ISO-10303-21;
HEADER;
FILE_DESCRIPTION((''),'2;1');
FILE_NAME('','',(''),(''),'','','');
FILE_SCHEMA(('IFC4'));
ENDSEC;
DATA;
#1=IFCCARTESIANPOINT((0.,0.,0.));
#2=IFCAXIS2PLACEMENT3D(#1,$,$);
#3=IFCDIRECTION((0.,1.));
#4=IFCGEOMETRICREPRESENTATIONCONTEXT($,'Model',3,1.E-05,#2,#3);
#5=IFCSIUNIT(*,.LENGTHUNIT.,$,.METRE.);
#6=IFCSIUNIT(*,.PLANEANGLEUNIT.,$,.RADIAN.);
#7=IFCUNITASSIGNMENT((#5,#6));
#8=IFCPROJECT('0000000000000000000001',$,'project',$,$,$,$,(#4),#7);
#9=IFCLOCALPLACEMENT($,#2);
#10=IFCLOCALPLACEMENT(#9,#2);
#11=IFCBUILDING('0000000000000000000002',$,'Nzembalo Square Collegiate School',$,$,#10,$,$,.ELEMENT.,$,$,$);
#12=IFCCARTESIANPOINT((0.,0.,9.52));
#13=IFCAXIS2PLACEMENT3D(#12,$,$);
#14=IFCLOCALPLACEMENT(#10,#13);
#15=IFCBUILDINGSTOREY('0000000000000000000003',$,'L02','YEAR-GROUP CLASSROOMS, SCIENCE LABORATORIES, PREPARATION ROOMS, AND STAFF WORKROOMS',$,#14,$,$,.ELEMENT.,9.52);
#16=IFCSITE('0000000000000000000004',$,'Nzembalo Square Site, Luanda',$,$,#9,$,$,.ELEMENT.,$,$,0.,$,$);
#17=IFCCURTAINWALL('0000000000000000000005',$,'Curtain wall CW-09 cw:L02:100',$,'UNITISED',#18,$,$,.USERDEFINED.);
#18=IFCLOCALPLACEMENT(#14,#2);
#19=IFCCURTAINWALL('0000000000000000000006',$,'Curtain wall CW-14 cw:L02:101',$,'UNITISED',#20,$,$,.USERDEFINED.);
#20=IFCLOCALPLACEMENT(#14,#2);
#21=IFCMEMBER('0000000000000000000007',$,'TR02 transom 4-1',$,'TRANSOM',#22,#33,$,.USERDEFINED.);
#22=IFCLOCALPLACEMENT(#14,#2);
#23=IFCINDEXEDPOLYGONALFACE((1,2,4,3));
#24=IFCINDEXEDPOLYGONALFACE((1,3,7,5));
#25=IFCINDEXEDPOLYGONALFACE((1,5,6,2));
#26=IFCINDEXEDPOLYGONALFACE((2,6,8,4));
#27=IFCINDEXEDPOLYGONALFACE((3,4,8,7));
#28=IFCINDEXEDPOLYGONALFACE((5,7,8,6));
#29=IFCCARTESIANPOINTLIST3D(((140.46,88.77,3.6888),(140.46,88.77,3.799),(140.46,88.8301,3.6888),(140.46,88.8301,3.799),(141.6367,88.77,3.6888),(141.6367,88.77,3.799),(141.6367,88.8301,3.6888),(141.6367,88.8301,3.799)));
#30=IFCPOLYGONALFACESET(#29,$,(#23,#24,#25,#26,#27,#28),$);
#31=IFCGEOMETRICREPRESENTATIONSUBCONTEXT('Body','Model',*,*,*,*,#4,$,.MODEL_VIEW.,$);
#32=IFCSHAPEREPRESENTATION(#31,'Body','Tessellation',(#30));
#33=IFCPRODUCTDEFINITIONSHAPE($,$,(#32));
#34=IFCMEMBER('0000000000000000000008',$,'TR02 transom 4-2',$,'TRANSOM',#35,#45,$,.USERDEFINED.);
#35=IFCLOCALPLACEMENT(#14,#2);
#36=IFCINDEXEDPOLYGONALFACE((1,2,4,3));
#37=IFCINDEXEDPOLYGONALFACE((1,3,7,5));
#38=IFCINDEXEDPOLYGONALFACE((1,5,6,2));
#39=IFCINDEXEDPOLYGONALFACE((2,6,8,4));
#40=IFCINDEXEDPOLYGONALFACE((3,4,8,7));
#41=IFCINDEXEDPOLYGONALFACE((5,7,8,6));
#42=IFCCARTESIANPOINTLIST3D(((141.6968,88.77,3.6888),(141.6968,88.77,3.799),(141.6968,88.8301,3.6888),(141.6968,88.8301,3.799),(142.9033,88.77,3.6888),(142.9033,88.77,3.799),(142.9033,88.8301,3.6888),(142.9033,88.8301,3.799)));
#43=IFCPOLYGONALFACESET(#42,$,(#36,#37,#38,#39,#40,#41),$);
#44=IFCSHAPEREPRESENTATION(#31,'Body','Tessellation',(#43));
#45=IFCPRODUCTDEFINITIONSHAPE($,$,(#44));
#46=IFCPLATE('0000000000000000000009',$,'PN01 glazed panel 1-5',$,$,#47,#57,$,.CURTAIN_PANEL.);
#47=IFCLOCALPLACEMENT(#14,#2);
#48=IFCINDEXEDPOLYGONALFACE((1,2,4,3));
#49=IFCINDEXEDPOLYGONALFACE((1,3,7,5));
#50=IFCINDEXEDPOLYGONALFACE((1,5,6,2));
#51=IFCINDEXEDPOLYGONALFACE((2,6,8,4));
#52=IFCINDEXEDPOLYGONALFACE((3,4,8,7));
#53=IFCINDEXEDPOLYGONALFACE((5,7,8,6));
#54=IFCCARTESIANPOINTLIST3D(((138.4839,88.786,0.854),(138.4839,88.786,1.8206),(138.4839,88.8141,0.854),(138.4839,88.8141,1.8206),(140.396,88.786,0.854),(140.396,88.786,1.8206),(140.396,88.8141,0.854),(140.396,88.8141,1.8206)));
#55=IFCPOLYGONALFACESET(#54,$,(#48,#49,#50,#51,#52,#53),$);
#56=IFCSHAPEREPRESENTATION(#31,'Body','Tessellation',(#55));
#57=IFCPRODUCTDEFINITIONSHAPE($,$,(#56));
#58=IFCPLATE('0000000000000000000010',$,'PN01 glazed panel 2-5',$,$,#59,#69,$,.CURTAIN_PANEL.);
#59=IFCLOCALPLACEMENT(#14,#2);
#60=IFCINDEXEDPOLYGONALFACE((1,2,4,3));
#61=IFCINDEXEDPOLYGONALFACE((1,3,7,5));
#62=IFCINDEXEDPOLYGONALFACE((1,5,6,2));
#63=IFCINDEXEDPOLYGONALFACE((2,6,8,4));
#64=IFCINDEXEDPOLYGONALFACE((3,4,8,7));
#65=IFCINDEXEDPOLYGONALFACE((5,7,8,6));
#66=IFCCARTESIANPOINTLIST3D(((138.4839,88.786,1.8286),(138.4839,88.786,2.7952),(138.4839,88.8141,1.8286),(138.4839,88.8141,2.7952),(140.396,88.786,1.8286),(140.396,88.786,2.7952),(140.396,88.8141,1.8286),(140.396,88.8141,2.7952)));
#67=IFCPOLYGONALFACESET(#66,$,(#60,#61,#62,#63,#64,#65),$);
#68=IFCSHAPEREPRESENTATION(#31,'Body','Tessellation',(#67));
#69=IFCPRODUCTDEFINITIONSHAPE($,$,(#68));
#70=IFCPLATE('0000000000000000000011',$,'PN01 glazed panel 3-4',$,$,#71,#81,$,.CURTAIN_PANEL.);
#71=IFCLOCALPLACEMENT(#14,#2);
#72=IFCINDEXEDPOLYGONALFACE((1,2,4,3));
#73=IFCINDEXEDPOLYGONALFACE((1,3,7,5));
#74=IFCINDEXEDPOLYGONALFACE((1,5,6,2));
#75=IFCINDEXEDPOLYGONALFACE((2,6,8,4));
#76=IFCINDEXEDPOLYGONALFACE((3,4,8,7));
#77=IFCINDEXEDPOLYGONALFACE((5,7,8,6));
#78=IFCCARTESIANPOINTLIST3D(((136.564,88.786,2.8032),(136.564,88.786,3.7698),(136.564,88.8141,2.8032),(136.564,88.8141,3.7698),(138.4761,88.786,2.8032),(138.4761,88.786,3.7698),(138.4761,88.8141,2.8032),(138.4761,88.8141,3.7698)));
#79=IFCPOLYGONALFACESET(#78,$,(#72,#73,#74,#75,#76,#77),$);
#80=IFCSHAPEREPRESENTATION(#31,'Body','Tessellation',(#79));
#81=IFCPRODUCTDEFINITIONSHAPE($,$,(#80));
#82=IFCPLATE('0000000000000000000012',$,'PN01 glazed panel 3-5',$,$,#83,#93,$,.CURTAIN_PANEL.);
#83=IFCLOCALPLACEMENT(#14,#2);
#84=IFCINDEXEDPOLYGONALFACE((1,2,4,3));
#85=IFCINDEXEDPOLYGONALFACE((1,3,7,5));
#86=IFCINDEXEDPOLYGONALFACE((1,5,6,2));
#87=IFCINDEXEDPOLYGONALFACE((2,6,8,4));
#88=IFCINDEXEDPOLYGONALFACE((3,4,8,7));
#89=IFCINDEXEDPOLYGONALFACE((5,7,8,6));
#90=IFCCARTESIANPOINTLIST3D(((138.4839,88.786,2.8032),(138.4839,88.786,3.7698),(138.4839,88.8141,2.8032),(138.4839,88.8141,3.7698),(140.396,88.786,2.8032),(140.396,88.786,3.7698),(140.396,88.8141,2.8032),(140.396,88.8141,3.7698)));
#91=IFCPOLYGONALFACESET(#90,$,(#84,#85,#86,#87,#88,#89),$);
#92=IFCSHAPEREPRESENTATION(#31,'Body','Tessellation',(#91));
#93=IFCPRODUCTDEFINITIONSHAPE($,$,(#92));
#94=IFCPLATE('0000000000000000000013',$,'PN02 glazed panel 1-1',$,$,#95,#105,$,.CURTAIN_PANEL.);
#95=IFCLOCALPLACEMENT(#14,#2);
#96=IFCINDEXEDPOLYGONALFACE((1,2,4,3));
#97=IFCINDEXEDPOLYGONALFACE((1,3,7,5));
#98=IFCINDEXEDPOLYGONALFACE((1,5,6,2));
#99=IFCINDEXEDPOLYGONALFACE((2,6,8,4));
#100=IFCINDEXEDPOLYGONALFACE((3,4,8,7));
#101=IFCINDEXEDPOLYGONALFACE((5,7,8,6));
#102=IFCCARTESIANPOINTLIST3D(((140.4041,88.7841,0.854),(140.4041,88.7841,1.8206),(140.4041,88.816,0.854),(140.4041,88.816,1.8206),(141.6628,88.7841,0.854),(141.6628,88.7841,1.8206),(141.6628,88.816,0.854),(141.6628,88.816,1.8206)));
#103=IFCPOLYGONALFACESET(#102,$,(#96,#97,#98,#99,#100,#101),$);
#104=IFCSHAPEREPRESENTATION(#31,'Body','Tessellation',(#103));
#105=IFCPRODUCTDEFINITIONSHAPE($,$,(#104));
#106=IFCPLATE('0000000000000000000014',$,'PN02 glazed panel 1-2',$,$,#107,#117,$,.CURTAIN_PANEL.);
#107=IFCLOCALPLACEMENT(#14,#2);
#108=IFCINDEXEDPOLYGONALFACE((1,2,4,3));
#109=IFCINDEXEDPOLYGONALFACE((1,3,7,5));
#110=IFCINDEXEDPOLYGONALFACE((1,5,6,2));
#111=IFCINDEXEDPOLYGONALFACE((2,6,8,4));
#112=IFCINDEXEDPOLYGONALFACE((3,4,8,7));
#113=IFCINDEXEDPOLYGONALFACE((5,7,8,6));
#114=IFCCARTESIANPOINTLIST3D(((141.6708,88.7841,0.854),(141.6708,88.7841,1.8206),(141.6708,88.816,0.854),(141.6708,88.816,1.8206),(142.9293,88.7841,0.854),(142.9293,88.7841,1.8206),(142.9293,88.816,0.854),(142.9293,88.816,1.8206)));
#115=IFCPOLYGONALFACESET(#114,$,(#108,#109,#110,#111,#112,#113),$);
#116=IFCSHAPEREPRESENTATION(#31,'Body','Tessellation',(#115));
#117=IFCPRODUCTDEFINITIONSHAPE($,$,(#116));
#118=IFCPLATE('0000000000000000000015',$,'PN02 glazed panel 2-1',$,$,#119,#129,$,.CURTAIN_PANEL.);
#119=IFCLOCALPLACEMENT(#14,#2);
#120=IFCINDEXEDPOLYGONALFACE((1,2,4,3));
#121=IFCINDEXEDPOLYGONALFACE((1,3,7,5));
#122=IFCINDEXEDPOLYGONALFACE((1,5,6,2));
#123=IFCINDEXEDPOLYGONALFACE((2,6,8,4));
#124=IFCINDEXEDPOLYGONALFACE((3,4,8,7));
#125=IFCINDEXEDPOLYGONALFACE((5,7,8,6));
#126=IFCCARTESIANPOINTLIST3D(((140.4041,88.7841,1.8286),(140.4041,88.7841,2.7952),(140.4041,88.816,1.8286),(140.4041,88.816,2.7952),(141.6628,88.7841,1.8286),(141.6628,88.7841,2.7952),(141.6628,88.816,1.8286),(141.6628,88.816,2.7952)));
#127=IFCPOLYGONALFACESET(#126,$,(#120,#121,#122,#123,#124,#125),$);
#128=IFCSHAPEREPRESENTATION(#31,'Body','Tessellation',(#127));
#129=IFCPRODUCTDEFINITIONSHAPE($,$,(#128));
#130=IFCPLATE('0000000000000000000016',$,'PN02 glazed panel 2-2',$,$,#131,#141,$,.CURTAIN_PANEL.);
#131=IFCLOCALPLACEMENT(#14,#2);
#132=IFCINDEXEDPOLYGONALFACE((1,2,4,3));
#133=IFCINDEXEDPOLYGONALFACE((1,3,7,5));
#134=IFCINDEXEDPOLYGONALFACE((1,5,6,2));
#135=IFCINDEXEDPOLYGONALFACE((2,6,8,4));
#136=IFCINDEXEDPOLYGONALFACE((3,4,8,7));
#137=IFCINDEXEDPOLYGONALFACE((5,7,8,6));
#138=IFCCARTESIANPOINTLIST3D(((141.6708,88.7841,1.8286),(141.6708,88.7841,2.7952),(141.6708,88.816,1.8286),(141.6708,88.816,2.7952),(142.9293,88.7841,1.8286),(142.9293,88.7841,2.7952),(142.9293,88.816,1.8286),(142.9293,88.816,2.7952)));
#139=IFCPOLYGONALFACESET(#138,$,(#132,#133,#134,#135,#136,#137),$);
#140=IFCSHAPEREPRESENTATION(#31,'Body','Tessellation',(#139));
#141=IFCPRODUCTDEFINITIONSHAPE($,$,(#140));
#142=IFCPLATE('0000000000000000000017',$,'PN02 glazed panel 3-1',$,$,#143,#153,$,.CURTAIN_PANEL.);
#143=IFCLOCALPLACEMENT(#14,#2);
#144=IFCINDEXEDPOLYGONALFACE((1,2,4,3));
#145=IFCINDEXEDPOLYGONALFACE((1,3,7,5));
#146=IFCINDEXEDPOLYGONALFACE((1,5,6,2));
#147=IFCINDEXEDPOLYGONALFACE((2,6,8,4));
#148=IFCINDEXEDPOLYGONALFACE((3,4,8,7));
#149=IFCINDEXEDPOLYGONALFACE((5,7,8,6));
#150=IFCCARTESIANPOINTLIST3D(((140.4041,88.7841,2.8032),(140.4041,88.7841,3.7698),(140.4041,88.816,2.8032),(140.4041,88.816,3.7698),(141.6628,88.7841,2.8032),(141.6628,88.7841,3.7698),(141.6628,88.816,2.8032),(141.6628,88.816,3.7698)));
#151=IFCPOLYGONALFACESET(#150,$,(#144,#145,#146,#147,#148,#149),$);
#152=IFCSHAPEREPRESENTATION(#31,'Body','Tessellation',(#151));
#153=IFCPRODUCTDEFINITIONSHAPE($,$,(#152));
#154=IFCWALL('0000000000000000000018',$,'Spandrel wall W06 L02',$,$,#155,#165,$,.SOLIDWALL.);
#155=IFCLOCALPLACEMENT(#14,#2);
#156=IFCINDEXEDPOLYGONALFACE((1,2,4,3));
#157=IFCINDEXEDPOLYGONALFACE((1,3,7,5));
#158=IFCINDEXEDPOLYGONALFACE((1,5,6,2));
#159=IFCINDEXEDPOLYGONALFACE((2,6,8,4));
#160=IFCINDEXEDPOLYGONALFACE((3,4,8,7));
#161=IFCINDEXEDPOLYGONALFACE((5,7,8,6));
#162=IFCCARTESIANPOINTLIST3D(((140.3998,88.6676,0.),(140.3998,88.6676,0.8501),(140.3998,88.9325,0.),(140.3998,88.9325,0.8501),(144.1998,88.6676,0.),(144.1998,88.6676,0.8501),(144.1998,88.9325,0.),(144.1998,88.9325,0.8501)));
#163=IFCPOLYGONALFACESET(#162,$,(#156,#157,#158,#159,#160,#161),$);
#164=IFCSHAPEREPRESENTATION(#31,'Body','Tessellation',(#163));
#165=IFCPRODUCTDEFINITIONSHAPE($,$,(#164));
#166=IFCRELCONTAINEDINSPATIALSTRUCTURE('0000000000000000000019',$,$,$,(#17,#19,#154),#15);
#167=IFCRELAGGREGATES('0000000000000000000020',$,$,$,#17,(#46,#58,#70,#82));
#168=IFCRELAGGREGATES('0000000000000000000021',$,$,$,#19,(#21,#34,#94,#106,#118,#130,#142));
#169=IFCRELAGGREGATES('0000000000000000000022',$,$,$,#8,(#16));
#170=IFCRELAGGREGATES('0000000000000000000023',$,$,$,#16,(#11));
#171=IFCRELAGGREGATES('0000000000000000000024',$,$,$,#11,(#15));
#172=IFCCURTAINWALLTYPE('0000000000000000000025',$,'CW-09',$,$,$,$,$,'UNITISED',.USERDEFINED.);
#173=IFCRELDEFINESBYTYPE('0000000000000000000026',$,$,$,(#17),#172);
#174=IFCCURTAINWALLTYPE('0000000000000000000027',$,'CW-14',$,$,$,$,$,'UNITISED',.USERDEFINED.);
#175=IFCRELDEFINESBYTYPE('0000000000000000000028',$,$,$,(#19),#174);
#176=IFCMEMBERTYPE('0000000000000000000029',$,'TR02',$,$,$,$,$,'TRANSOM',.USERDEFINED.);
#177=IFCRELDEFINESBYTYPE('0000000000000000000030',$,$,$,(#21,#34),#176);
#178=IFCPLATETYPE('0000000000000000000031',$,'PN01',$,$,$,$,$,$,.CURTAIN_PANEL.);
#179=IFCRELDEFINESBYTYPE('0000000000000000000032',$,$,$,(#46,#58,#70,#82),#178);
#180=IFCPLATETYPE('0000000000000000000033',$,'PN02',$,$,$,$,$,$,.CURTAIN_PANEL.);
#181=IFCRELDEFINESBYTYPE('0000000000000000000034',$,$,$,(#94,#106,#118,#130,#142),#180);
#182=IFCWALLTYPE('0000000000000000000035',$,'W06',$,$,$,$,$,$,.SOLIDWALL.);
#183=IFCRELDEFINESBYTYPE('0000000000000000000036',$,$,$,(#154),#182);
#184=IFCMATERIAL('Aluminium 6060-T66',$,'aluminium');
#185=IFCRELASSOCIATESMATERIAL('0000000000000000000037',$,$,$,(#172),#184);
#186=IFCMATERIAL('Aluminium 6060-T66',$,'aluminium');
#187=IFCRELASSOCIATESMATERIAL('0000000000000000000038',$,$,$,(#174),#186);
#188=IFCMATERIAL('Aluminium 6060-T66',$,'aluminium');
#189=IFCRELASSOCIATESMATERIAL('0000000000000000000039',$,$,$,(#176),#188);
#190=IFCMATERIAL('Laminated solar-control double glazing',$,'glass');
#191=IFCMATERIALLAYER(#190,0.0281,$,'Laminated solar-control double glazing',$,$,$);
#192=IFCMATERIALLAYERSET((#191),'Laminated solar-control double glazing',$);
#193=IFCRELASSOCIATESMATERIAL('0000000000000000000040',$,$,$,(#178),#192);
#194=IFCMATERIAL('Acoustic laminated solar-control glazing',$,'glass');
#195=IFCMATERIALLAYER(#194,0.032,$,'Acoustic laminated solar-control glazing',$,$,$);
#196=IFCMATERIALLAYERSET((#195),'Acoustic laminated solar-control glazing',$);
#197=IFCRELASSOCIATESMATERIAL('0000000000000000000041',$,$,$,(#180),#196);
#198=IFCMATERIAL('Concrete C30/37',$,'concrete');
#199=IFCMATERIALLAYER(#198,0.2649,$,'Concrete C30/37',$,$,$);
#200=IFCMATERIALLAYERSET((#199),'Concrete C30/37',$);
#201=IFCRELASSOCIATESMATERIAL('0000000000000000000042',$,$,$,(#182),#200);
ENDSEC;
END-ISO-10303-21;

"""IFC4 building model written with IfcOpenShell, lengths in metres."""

from ifc_helpers import new_model, si_unit, direction, frame, frame_2d, origin, origin_2d, place, context, subcontext, project, spatial, rectangle, extrude, material, layer, layer_set, material_profile, profile_set, type_object, element, aggregate, save


model = new_model("IFC4")

# Units and contexts
model_context = context("Model", 3, precision=1e-05, world=origin(), true_north=direction((0.0, 1.0)))
body_context = subcontext(model_context, "Body", "Model", "MODEL_VIEW")
ifc_project = project(units=[si_unit("LENGTHUNIT", "METRE"), si_unit("PLANEANGLEUNIT", "RADIAN")], contexts=[model_context])

# Site, building, storey
site_placement = place(None, origin())
site = spatial("IfcSite", under=ifc_project, at=site_placement, Name="Nzembalo Square Site, Luanda", CompositionType="ELEMENT", RefElevation=0.0)
building_placement = place(site_placement, origin())
building = spatial("IfcBuilding", under=site, at=building_placement, Name="Nzembalo Square Collegiate School", CompositionType="ELEMENT")
storey_placement = place(building_placement, frame((0.0, 0.0, 9.52)))
storey = spatial("IfcBuildingStorey", under=building, at=storey_placement, Name="L02", Description="YEAR-GROUP CLASSROOMS, SCIENCE LABORATORIES, PREPARATION ROOMS, AND STAFF WORKROOMS", CompositionType="ELEMENT", Elevation=9.52)

# Curtain walls
ifc_material_1 = material(Name="Aluminium 6060-T66", Category="aluminium")
curtain_wall_type_1 = type_object("IfcCurtainWallType", Name="CW-09", ElementType="UNITISED", PredefinedType="USERDEFINED", material=ifc_material_1)
curtain_wall_1_placement = place(storey_placement, origin())
curtain_wall_1 = element("IfcCurtainWall", 1, at=curtain_wall_1_placement, inside=storey, type_object=curtain_wall_type_1, Name="Curtain wall CW-09 cw:L02:100", ObjectType="UNITISED", PredefinedType="USERDEFINED")
ifc_material_2 = material(Name="Aluminium 6060-T66", Category="aluminium")
curtain_wall_type_2 = type_object("IfcCurtainWallType", Name="CW-14", ElementType="UNITISED", PredefinedType="USERDEFINED", material=ifc_material_2)
curtain_wall_2_placement = place(storey_placement, origin())
curtain_wall_2 = element("IfcCurtainWall", 2, at=curtain_wall_2_placement, inside=storey, type_object=curtain_wall_type_2, Name="Curtain wall CW-14 cw:L02:101", ObjectType="UNITISED", PredefinedType="USERDEFINED")

# Members
ifc_material_3 = material(Name="Aluminium 6060-T66", Category="aluminium")
ifc_material_profile_1 = material_profile(ifc_material_3, rectangle(XDim=0.0601, YDim=0.1101, at=origin_2d()), Name="ALU T60x110")
ifc_profile_set_1 = profile_set([ifc_material_profile_1], Name="Aluminium 6060-T66")
member_type_1 = type_object("IfcMemberType", Name="TR02", ElementType="TRANSOM", PredefinedType="USERDEFINED", material=ifc_profile_set_1)
member_1_placement = place(storey_placement, frame((140.46, 88.8, 3.7439), z_axis=(1.0, 0.0, 0.0), x_axis=(0.0, 1.0, 0.0)))
member_1 = element("IfcMember", 3, at=member_1_placement, type_object=member_type_1, Name="TR02 transom 4-1", ObjectType="TRANSOM", PredefinedType="USERDEFINED", context=body_context, shape_type="SweptSolid", body=[
    extrude(rectangle(XDim=0.0601, YDim=0.1101, at=origin_2d()), origin(), (0.0, 0.0, 1.0), 1.1768),
])
member_2_placement = place(storey_placement, frame((141.6968, 88.8, 3.7439), z_axis=(1.0, 0.0, 0.0), x_axis=(0.0, 1.0, 0.0)))
member_2 = element("IfcMember", 4, at=member_2_placement, type_object=member_type_1, Name="TR02 transom 4-2", ObjectType="TRANSOM", PredefinedType="USERDEFINED", context=body_context, shape_type="SweptSolid", body=[
    extrude(rectangle(XDim=0.0601, YDim=0.1101, at=origin_2d()), origin(), (0.0, 0.0, 1.0), 1.2065),
])

# Plates
ifc_material_4 = material(Name="Laminated solar-control double glazing", Category="glass")
ifc_layer_1 = layer(ifc_material_4, 0.0281, Name="Laminated solar-control double glazing")
ifc_layer_set_1 = layer_set([ifc_layer_1], Name="Laminated solar-control double glazing")
plate_type_1 = type_object("IfcPlateType", Name="PN01", PredefinedType="CURTAIN_PANEL", material=ifc_layer_set_1)
plate_1_placement = place(storey_placement, frame((139.4399, 88.8, 0.854), z_axis=(0.0, 0.0, 1.0), x_axis=(1.0, 0.0, 0.0)))
plate_1 = element("IfcPlate", 5, at=plate_1_placement, type_object=plate_type_1, Name="PN01 glazed panel 1-5", PredefinedType="CURTAIN_PANEL", context=body_context, shape_type="SweptSolid", body=[
    extrude(rectangle(XDim=1.9121, YDim=0.0281, at=origin_2d()), origin(), (0.0, 0.0, 1.0), 0.9666),
])
plate_2_placement = place(storey_placement, frame((139.4399, 88.8, 1.8286), z_axis=(0.0, 0.0, 1.0), x_axis=(1.0, 0.0, 0.0)))
plate_2 = element("IfcPlate", 6, at=plate_2_placement, type_object=plate_type_1, Name="PN01 glazed panel 2-5", PredefinedType="CURTAIN_PANEL", context=body_context, shape_type="SweptSolid", body=[
    extrude(rectangle(XDim=1.9121, YDim=0.0281, at=origin_2d()), origin(), (0.0, 0.0, 1.0), 0.9666),
])
plate_3_placement = place(storey_placement, frame((137.52, 88.8, 2.8032), z_axis=(0.0, 0.0, 1.0), x_axis=(1.0, 0.0, 0.0)))
plate_3 = element("IfcPlate", 7, at=plate_3_placement, type_object=plate_type_1, Name="PN01 glazed panel 3-4", PredefinedType="CURTAIN_PANEL", context=body_context, shape_type="SweptSolid", body=[
    extrude(rectangle(XDim=1.9121, YDim=0.0281, at=origin_2d()), origin(), (0.0, 0.0, 1.0), 0.9666),
])
plate_4_placement = place(storey_placement, frame((139.4399, 88.8, 2.8032), z_axis=(0.0, 0.0, 1.0), x_axis=(1.0, 0.0, 0.0)))
plate_4 = element("IfcPlate", 8, at=plate_4_placement, type_object=plate_type_1, Name="PN01 glazed panel 3-5", PredefinedType="CURTAIN_PANEL", context=body_context, shape_type="SweptSolid", body=[
    extrude(rectangle(XDim=1.9121, YDim=0.0281, at=origin_2d()), origin(), (0.0, 0.0, 1.0), 0.9666),
])
aggregate(curtain_wall_1, [plate_1, plate_2, plate_3, plate_4])
ifc_material_5 = material(Name="Acoustic laminated solar-control glazing", Category="glass")
ifc_layer_2 = layer(ifc_material_5, 0.032, Name="Acoustic laminated solar-control glazing")
ifc_layer_set_2 = layer_set([ifc_layer_2], Name="Acoustic laminated solar-control glazing")
plate_type_2 = type_object("IfcPlateType", Name="PN02", PredefinedType="CURTAIN_PANEL", material=ifc_layer_set_2)
plate_5_placement = place(storey_placement, frame((141.0334, 88.8, 0.854), z_axis=(0.0, 0.0, 1.0), x_axis=(1.0, 0.0, 0.0)))
plate_5 = element("IfcPlate", 9, at=plate_5_placement, type_object=plate_type_2, Name="PN02 glazed panel 1-1", PredefinedType="CURTAIN_PANEL", context=body_context, shape_type="SweptSolid", body=[
    extrude(rectangle(XDim=1.2588, YDim=0.032, at=origin_2d()), origin(), (0.0, 0.0, 1.0), 0.9666),
])
plate_6_placement = place(storey_placement, frame((142.3, 88.8, 0.854), z_axis=(0.0, 0.0, 1.0), x_axis=(1.0, 0.0, 0.0)))
plate_6 = element("IfcPlate", 10, at=plate_6_placement, type_object=plate_type_2, Name="PN02 glazed panel 1-2", PredefinedType="CURTAIN_PANEL", context=body_context, shape_type="SweptSolid", body=[
    extrude(rectangle(XDim=1.2585, YDim=0.032, at=origin_2d()), origin(), (0.0, 0.0, 1.0), 0.9666),
])
plate_7_placement = place(storey_placement, frame((141.0334, 88.8, 1.8286), z_axis=(0.0, 0.0, 1.0), x_axis=(1.0, 0.0, 0.0)))
plate_7 = element("IfcPlate", 11, at=plate_7_placement, type_object=plate_type_2, Name="PN02 glazed panel 2-1", PredefinedType="CURTAIN_PANEL", context=body_context, shape_type="SweptSolid", body=[
    extrude(rectangle(XDim=1.2588, YDim=0.032, at=origin_2d()), origin(), (0.0, 0.0, 1.0), 0.9666),
])
plate_8_placement = place(storey_placement, frame((142.3, 88.8, 1.8286), z_axis=(0.0, 0.0, 1.0), x_axis=(1.0, 0.0, 0.0)))
plate_8 = element("IfcPlate", 12, at=plate_8_placement, type_object=plate_type_2, Name="PN02 glazed panel 2-2", PredefinedType="CURTAIN_PANEL", context=body_context, shape_type="SweptSolid", body=[
    extrude(rectangle(XDim=1.2585, YDim=0.032, at=origin_2d()), origin(), (0.0, 0.0, 1.0), 0.9666),
])
plate_9_placement = place(storey_placement, frame((141.0334, 88.8, 2.8032), z_axis=(0.0, 0.0, 1.0), x_axis=(1.0, 0.0, 0.0)))
plate_9 = element("IfcPlate", 13, at=plate_9_placement, type_object=plate_type_2, Name="PN02 glazed panel 3-1", PredefinedType="CURTAIN_PANEL", context=body_context, shape_type="SweptSolid", body=[
    extrude(rectangle(XDim=1.2588, YDim=0.032, at=origin_2d()), origin(), (0.0, 0.0, 1.0), 0.9666),
])
aggregate(curtain_wall_2, [member_1, member_2, plate_5, plate_6, plate_7, plate_8, plate_9])

# Wall
ifc_material_6 = material(Name="Concrete C30/37", Category="concrete")
ifc_layer_3 = layer(ifc_material_6, 0.2649, Name="Concrete C30/37")
ifc_layer_set_3 = layer_set([ifc_layer_3], Name="Concrete C30/37")
wall_type = type_object("IfcWallType", Name="W06", PredefinedType="SOLIDWALL", material=ifc_layer_set_3)
wall_placement = place(storey_placement, frame((140.3999, 88.8, 0.0), z_axis=(0.0, 0.0, 1.0), x_axis=(1.0, 0.0, 0.0)))
element("IfcWall", 14, at=wall_placement, inside=storey, type_object=wall_type, Name="Spandrel wall W06 L02", PredefinedType="SOLIDWALL", context=body_context, shape_type="SweptSolid", body=[
    extrude(rectangle(XDim=3.8, YDim=0.2649, at=frame_2d((1.8999, 0.0))), origin(), (0.0, 0.0, 1.0), 0.8501),
])

save(model, "model.ifc")
